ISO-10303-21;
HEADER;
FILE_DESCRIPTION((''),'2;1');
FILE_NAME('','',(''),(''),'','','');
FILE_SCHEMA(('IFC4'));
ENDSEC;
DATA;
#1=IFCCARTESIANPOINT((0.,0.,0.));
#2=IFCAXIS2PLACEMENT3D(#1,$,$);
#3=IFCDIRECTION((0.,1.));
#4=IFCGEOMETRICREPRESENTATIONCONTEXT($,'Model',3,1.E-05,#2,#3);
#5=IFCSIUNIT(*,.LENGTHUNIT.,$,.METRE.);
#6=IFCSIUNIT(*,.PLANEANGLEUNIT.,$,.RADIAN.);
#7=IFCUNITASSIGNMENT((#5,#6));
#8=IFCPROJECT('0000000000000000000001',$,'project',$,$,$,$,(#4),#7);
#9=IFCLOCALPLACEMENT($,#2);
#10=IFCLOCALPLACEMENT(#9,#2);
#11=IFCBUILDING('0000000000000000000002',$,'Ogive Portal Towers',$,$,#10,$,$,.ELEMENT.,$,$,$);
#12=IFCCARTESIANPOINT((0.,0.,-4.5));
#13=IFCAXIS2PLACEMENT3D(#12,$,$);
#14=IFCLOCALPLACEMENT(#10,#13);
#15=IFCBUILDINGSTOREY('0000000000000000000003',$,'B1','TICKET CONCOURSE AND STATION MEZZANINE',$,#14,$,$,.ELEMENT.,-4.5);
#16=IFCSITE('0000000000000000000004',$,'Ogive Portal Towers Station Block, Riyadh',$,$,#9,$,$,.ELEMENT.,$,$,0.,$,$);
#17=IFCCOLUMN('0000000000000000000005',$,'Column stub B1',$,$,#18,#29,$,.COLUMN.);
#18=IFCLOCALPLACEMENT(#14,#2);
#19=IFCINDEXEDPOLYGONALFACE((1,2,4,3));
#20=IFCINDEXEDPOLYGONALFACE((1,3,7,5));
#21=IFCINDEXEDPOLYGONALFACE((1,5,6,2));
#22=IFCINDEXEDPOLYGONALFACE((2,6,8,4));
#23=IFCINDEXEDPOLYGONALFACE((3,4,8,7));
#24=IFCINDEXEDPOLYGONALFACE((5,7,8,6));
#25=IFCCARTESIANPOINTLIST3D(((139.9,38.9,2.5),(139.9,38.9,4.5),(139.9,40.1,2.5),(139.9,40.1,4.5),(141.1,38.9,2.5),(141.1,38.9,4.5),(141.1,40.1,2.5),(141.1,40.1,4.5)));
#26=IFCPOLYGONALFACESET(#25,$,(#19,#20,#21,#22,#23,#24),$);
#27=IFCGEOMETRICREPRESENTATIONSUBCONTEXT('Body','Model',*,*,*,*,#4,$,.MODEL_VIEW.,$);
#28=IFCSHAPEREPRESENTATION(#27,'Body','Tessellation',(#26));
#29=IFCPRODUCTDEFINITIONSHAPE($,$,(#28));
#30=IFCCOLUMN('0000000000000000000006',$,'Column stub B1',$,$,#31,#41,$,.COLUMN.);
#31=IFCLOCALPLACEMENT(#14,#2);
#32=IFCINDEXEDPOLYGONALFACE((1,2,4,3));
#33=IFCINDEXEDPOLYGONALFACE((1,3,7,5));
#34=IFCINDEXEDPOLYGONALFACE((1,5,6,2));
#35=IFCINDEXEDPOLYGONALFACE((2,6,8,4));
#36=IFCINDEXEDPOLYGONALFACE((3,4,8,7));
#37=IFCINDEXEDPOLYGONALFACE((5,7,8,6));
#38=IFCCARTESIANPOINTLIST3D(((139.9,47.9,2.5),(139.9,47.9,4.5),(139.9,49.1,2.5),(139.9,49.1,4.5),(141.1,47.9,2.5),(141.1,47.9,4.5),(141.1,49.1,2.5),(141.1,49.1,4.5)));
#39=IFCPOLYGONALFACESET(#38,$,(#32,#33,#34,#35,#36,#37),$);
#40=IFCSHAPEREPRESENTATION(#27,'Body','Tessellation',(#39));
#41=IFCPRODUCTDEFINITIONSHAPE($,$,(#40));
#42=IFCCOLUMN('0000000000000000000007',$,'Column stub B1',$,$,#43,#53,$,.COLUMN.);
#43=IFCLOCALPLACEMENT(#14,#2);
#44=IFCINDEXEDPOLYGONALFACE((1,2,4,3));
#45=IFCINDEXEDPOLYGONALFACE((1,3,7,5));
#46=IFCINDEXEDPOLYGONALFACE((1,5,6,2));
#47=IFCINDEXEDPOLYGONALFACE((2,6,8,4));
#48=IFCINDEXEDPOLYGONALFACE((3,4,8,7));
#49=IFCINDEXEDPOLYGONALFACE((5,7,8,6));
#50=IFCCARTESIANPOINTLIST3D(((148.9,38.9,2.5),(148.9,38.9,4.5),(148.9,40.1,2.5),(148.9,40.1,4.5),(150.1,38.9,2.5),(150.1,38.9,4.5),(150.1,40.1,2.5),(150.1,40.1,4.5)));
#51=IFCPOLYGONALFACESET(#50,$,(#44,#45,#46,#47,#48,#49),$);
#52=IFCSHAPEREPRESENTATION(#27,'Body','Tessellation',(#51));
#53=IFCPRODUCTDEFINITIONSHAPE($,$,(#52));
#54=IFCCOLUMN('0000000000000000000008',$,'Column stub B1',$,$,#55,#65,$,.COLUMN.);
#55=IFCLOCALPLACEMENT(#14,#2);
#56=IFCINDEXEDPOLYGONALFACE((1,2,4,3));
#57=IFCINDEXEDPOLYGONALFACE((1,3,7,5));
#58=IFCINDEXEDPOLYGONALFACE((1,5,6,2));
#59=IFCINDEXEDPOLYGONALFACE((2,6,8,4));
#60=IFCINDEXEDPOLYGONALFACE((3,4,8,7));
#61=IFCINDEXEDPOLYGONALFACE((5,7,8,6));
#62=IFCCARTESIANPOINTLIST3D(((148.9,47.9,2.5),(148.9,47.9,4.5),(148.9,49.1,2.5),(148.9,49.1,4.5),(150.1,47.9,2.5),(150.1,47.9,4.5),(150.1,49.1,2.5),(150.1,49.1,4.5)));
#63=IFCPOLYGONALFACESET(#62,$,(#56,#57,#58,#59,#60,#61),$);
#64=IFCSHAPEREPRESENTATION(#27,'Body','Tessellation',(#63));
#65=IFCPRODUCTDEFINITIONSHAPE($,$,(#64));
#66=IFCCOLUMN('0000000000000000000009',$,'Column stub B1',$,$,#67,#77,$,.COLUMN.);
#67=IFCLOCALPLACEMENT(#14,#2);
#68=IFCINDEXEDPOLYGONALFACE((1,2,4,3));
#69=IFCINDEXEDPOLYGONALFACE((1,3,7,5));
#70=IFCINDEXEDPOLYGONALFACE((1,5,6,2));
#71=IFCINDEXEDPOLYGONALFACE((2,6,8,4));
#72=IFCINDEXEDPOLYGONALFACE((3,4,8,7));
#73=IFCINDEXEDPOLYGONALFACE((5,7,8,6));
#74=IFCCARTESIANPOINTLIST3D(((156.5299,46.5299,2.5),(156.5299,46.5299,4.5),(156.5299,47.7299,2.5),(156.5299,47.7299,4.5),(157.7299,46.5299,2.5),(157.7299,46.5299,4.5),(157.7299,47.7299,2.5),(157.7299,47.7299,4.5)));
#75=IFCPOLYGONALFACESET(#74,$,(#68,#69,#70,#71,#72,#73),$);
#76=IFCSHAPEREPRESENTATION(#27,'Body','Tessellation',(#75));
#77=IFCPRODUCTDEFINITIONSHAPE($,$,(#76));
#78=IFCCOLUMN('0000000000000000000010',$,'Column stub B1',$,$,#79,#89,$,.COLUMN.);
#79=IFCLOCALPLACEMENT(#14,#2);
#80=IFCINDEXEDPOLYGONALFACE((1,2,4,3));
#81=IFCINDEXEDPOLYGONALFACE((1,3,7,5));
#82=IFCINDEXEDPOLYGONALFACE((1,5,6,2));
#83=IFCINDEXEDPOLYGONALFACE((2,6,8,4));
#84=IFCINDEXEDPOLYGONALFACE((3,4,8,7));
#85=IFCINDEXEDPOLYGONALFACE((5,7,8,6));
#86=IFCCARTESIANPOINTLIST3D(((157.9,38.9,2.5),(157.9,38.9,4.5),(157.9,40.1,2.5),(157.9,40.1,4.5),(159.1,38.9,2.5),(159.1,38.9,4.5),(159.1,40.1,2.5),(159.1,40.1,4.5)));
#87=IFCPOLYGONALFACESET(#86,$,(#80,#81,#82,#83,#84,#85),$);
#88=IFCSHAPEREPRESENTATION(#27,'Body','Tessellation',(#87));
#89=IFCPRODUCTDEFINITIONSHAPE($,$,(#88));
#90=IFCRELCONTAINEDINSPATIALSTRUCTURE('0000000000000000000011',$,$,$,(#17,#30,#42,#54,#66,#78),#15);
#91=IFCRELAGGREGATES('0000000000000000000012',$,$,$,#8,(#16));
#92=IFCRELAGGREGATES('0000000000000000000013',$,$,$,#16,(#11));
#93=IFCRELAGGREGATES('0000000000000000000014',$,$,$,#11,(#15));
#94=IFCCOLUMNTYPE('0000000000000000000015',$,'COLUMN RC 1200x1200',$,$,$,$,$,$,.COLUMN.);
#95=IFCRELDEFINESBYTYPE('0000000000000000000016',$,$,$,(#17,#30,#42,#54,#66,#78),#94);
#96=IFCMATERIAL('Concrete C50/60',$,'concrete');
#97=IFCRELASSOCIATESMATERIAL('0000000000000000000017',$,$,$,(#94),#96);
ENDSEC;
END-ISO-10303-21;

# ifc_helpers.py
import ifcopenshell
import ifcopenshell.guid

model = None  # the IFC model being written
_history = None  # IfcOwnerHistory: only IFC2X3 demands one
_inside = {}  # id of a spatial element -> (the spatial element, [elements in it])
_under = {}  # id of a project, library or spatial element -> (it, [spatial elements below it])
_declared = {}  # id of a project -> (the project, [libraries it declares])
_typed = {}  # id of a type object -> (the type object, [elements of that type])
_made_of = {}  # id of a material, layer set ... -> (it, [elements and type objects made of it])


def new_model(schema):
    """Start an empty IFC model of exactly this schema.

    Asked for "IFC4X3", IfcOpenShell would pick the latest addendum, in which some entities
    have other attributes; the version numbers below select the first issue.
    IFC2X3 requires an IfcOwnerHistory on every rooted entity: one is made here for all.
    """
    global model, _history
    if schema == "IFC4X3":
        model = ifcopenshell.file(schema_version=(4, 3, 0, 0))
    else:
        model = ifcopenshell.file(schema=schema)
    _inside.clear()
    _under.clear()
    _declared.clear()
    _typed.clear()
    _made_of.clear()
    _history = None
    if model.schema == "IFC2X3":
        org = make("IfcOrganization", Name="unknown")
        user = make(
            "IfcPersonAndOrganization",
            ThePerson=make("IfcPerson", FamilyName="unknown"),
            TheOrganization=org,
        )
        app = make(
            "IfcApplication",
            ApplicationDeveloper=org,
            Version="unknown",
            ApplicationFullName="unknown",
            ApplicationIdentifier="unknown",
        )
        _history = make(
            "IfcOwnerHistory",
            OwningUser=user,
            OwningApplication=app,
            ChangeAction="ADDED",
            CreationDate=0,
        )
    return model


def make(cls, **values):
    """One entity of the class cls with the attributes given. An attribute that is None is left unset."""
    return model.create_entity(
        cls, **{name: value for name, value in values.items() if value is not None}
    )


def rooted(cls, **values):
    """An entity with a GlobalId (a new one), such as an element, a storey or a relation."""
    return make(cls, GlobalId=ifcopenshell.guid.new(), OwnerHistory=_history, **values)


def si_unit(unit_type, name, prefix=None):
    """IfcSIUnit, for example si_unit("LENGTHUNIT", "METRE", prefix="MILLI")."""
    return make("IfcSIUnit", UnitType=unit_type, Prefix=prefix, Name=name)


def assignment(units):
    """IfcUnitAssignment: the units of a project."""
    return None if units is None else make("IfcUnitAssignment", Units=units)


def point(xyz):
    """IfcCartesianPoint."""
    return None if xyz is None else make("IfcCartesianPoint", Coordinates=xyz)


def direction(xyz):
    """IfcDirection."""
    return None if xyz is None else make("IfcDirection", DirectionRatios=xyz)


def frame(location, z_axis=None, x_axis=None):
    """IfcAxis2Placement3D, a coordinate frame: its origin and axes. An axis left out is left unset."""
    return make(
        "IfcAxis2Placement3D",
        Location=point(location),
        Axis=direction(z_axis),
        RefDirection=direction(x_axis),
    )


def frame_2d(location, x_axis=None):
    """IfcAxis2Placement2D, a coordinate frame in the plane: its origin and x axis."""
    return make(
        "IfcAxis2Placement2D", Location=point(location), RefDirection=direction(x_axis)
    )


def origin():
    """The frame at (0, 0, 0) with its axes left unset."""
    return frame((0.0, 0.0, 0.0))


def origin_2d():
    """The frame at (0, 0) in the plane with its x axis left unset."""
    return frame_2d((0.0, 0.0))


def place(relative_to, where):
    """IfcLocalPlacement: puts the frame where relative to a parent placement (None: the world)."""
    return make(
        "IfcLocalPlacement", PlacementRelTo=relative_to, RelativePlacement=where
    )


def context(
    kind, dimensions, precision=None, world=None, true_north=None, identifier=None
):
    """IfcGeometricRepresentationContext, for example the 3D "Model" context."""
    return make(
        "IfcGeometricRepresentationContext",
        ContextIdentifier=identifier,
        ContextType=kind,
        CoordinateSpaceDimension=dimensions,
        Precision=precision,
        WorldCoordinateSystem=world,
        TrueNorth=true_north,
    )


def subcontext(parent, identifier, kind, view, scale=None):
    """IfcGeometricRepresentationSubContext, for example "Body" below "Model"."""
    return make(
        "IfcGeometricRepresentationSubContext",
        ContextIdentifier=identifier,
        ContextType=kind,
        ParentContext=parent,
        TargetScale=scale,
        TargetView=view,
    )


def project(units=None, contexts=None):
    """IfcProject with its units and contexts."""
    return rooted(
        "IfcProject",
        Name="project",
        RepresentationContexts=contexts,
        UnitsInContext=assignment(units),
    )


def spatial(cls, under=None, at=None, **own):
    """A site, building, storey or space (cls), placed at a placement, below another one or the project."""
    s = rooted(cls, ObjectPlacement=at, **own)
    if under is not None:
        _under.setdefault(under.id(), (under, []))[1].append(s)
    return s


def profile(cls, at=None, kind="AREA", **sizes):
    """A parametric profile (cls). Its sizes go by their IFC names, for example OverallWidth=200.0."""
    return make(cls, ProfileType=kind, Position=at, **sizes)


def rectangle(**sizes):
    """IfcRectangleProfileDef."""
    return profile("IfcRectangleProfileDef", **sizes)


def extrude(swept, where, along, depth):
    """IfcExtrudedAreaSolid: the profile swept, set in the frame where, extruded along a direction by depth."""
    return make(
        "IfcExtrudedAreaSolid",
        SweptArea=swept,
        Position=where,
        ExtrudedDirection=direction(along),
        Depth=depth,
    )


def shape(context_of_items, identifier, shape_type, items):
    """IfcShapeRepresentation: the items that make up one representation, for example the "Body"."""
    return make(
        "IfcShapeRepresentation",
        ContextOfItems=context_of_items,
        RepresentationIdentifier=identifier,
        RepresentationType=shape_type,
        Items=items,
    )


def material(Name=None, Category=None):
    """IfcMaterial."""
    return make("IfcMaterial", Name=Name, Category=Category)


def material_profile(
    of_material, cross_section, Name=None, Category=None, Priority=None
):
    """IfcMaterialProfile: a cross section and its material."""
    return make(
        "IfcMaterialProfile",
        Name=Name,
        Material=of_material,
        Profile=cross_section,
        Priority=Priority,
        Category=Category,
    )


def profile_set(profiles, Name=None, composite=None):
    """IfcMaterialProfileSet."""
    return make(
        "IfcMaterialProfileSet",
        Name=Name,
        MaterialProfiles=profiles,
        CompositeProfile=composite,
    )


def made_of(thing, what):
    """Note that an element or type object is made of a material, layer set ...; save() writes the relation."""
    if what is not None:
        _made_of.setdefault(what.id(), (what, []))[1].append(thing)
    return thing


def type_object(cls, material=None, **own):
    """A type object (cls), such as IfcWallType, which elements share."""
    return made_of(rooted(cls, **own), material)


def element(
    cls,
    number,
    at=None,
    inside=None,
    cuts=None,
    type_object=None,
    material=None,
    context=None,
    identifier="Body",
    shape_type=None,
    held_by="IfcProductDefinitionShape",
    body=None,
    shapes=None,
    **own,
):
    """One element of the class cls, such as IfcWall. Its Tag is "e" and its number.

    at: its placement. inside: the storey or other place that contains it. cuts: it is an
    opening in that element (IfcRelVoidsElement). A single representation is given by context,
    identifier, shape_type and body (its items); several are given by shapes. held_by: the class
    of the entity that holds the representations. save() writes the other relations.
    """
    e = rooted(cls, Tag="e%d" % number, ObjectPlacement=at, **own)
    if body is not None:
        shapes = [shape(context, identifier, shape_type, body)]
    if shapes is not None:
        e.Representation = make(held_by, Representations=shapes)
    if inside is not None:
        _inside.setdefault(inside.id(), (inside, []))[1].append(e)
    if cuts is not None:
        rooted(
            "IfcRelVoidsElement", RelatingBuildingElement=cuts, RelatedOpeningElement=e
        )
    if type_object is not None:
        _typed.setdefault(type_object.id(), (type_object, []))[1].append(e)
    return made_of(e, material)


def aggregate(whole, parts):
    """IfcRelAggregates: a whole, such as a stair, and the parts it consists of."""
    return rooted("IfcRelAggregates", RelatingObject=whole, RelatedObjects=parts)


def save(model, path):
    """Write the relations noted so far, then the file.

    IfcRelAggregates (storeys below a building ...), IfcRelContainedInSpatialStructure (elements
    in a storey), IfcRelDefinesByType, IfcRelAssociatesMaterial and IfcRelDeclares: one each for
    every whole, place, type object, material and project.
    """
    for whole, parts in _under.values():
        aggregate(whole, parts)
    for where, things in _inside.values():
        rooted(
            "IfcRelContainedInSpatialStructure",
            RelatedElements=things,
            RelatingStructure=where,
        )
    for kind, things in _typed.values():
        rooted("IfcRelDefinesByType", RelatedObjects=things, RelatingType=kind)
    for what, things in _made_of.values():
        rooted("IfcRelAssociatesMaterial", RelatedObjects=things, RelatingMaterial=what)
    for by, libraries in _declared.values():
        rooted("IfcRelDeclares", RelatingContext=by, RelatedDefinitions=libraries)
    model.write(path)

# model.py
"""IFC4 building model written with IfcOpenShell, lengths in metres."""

from ifc_helpers import new_model, si_unit, direction, frame, origin, origin_2d, place, context, subcontext, project, spatial, rectangle, extrude, material, material_profile, profile_set, type_object, element, save


model = new_model("IFC4")

# Units and contexts
model_context = context("Model", 3, precision=1e-05, world=origin(), true_north=direction((0.0, 1.0)))
body_context = subcontext(model_context, "Body", "Model", "MODEL_VIEW")
ifc_project = project(units=[si_unit("LENGTHUNIT", "METRE"), si_unit("PLANEANGLEUNIT", "RADIAN")], contexts=[model_context])

# Site, building, storey
site_placement = place(None, origin())
site = spatial("IfcSite", under=ifc_project, at=site_placement, Name="Ogive Portal Towers Station Block, Riyadh", CompositionType="ELEMENT", RefElevation=0.0)
building_placement = place(site_placement, origin())
building = spatial("IfcBuilding", under=site, at=building_placement, Name="Ogive Portal Towers", CompositionType="ELEMENT")
storey_placement = place(building_placement, frame((0.0, 0.0, -4.5)))
storey = spatial("IfcBuildingStorey", under=building, at=storey_placement, Name="B1", Description="TICKET CONCOURSE AND STATION MEZZANINE", CompositionType="ELEMENT", Elevation=-4.5)

# Columns
ifc_material_1 = material(Name="Concrete C50/60", Category="concrete")
ifc_material_profile_1 = material_profile(ifc_material_1, rectangle(XDim=1.2, YDim=1.2, at=origin_2d()), Name="RC 1200x1200")
ifc_profile_set_1 = profile_set([ifc_material_profile_1], Name="Concrete C50/60")
column_type = type_object("IfcColumnType", Name="COLUMN RC 1200x1200", PredefinedType="COLUMN", material=ifc_profile_set_1)
for number, where, z_axis, x_axis, name in (
    (1, (140.5, 39.5, 2.5), (0.0, 0.0, 1.0), (1.0, 0.0, 0.0), "Column stub B1"),
    (2, (140.5, 48.5, 2.5), (0.0, 0.0, 1.0), (1.0, 0.0, 0.0), "Column stub B1"),
    (3, (149.5, 39.5, 2.5), (0.0, 0.0, 1.0), (1.0, 0.0, 0.0), "Column stub B1"),
    (4, (149.5, 48.5, 2.5), (0.0, 0.0, 1.0), (1.0, 0.0, 0.0), "Column stub B1"),
    (5, (157.1299, 47.1299, 2.5), (0.0, 0.0, 1.0), (1.0, 0.0, 0.0), "Column stub B1"),
    (6, (158.5, 39.5, 2.5), (0.0, 0.0, 1.0), (1.0, 0.0, 0.0), "Column stub B1"),
):
    element("IfcColumn", number, at=place(storey_placement, frame(where, z_axis=z_axis, x_axis=x_axis)), inside=storey, type_object=column_type, Name=name, PredefinedType="COLUMN", context=body_context, shape_type="SweptSolid", body=[
        extrude(rectangle(XDim=1.2, YDim=1.2, at=origin_2d()), origin(), (0.0, 0.0, 1.0), 2.0),
    ])

save(model, "model.ifc")
